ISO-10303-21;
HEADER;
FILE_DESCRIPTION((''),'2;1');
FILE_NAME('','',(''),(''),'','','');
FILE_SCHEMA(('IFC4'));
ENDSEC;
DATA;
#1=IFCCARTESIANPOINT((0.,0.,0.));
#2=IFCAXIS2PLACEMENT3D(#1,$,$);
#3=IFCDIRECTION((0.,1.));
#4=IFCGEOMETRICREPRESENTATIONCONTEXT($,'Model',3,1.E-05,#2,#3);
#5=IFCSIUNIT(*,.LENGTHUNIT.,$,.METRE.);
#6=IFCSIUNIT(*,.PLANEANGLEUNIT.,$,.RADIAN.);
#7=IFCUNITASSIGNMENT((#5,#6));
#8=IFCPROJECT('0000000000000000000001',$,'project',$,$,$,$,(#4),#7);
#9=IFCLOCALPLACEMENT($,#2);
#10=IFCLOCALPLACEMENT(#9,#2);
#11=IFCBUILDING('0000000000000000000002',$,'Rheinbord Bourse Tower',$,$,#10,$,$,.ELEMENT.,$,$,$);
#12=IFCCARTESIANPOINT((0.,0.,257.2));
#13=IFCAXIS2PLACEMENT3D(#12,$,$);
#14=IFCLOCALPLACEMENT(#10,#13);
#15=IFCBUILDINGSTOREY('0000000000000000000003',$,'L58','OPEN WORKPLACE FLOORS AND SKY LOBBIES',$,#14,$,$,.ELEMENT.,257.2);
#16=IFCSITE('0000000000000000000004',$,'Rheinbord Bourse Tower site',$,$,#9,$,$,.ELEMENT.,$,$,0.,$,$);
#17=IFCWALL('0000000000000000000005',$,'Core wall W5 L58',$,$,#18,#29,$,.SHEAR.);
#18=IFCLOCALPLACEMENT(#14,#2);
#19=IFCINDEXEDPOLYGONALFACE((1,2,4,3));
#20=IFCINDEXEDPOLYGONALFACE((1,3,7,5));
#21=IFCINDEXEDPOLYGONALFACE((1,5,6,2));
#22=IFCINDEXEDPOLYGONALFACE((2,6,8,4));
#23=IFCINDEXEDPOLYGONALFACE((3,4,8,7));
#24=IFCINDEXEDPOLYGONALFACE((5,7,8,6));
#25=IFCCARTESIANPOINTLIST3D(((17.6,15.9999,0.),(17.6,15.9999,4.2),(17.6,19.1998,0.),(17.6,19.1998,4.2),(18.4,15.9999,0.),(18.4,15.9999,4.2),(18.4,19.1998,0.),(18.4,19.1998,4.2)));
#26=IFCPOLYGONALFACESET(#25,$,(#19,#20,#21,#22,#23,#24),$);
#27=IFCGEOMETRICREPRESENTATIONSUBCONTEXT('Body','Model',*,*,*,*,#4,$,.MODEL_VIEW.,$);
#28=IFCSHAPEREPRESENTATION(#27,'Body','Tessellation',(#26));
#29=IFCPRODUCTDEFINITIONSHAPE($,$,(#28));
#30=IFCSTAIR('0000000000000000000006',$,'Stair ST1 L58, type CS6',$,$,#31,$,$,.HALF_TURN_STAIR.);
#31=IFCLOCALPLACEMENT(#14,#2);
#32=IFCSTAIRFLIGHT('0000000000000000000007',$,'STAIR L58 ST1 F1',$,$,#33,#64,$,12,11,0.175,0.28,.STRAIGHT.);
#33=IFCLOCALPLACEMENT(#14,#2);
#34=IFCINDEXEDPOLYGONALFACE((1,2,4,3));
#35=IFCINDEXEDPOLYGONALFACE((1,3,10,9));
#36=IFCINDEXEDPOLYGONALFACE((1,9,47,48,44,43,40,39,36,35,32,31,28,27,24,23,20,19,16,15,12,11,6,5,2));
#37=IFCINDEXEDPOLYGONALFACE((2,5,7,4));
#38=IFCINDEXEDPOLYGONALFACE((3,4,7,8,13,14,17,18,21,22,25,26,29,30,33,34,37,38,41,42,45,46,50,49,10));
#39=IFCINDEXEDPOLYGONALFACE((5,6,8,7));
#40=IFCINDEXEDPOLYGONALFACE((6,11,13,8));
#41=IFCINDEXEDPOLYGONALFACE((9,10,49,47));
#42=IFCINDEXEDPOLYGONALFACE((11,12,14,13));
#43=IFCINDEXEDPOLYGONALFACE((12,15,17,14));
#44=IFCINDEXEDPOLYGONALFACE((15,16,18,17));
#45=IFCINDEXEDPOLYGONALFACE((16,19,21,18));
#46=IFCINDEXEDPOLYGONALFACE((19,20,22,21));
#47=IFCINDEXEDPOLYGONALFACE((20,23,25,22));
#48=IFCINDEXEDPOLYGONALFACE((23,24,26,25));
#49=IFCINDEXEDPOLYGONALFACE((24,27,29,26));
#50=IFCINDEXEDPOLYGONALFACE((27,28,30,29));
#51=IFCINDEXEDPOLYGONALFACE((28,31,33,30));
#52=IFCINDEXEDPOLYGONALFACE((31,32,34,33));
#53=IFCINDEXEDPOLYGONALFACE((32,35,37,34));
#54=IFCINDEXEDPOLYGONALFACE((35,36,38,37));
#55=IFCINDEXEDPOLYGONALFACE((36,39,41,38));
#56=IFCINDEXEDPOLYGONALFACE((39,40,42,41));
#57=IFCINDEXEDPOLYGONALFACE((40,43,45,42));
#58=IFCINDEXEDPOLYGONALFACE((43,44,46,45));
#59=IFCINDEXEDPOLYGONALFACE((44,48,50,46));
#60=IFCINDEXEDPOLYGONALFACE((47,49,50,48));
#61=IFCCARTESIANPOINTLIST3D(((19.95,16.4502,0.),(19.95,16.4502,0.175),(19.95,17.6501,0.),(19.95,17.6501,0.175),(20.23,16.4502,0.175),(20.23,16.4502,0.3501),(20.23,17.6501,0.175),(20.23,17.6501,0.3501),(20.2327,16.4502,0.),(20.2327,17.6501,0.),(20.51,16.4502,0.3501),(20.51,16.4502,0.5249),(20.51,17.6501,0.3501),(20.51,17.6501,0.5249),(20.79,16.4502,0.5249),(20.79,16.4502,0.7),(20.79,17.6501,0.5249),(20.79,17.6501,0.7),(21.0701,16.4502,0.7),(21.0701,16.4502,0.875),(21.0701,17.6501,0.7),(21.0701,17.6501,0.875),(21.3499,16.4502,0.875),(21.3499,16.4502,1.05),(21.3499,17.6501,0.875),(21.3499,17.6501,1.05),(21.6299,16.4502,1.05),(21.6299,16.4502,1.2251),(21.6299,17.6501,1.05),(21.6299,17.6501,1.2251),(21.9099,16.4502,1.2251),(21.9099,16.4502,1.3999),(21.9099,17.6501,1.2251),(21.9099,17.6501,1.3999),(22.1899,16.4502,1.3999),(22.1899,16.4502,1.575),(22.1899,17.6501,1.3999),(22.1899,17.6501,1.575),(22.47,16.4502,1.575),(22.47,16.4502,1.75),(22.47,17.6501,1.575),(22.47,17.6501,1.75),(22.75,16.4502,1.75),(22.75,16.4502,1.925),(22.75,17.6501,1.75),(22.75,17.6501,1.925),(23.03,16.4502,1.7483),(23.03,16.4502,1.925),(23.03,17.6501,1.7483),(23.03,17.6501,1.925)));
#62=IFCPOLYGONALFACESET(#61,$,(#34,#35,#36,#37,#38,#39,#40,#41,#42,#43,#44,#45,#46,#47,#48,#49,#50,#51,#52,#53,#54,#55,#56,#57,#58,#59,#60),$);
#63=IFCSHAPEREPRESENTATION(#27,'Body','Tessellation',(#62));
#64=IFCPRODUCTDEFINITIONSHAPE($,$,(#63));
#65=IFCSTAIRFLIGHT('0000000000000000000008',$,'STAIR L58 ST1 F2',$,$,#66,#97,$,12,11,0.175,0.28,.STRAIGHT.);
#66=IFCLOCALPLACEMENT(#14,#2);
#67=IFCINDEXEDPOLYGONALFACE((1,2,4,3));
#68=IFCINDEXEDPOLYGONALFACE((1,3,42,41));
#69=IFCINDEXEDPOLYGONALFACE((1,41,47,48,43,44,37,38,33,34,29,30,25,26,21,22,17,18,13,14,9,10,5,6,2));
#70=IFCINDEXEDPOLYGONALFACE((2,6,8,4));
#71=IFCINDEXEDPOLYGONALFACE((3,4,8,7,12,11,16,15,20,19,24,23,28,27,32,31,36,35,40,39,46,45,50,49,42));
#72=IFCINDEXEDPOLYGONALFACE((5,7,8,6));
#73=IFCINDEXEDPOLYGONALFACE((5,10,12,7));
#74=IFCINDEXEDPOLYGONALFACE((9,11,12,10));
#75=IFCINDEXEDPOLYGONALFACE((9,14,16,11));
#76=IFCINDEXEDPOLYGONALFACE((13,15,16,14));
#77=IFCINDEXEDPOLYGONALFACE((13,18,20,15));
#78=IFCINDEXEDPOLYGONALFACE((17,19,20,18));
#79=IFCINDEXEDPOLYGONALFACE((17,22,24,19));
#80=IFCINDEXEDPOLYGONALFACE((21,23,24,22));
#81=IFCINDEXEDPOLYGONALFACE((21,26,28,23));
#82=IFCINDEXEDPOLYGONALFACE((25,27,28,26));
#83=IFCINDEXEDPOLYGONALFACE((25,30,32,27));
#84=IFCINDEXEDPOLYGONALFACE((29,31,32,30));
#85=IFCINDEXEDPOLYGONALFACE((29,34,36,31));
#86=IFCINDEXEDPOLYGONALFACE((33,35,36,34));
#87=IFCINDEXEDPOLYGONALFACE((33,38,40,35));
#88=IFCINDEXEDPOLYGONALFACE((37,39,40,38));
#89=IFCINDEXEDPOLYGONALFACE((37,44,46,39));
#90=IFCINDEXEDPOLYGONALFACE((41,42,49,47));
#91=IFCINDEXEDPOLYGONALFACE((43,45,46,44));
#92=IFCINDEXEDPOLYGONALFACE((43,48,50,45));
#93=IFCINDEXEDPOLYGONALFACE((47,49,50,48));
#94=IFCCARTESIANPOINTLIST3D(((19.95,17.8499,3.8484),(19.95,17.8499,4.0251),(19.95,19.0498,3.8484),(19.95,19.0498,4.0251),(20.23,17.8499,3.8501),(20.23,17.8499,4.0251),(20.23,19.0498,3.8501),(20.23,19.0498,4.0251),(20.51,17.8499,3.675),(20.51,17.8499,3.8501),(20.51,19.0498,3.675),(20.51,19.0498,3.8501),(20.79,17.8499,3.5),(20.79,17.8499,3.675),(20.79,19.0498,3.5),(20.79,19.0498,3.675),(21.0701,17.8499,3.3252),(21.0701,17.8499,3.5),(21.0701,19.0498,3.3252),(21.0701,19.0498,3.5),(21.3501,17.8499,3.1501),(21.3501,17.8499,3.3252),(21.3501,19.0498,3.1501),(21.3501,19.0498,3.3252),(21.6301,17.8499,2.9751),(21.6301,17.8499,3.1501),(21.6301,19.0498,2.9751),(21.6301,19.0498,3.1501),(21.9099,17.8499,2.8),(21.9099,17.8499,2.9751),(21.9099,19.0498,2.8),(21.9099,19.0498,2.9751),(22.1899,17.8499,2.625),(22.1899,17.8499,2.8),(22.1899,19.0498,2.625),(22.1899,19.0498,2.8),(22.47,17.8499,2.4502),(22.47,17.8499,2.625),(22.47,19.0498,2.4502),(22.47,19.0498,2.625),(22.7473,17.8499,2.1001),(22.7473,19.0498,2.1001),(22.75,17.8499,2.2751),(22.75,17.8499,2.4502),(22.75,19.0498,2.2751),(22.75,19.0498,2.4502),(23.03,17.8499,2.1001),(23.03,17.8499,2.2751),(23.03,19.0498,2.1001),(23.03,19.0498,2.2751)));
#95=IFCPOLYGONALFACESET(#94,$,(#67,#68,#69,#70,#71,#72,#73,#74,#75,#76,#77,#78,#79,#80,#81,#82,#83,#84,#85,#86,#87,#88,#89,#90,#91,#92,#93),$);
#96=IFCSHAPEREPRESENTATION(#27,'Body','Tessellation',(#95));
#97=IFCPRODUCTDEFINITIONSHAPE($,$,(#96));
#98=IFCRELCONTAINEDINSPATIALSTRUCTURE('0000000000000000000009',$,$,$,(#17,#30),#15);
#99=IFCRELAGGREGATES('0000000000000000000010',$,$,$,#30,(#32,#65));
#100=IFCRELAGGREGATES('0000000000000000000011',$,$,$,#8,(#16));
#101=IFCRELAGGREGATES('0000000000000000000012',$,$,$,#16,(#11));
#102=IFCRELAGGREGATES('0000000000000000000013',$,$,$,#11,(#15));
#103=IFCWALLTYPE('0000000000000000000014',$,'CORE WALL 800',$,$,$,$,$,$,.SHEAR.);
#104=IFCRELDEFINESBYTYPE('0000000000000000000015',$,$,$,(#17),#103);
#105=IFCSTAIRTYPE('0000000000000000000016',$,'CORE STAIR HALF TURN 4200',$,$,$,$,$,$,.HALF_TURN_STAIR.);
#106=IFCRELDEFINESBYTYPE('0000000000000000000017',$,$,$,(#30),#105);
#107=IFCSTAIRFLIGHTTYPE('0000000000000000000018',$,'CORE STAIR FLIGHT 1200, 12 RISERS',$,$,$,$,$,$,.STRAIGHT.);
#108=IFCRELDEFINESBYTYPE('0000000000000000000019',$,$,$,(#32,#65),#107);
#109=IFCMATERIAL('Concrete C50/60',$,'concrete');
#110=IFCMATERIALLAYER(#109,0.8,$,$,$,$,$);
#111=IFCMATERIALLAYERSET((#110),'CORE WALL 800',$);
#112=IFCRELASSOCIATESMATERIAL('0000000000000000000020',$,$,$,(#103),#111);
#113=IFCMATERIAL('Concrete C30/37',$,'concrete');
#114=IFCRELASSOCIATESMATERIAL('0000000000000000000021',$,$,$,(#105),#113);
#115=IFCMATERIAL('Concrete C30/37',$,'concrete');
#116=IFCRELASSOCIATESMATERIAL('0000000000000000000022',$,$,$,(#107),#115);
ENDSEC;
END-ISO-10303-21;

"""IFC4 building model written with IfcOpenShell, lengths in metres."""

from ifc_helpers import new_model, si_unit, direction, frame, frame_2d, origin, place, context, subcontext, project, spatial, polyline, rectangle, outline, extrude, material, layer, layer_set, type_object, element, aggregate, save


model = new_model("IFC4")

# Units and contexts
model_context = context("Model", 3, precision=1e-05, world=origin(), true_north=direction((0.0, 1.0)))
body_context = subcontext(model_context, "Body", "Model", "MODEL_VIEW")
ifc_project = project(units=[si_unit("LENGTHUNIT", "METRE"), si_unit("PLANEANGLEUNIT", "RADIAN")], contexts=[model_context])

# Site, building, storey
site_placement = place(None, origin())
site = spatial("IfcSite", under=ifc_project, at=site_placement, Name="Rheinbord Bourse Tower site", CompositionType="ELEMENT", RefElevation=0.0)
building_placement = place(site_placement, origin())
building = spatial("IfcBuilding", under=site, at=building_placement, Name="Rheinbord Bourse Tower", CompositionType="ELEMENT")
storey_placement = place(building_placement, frame((0.0, 0.0, 257.2)))
storey = spatial("IfcBuildingStorey", under=building, at=storey_placement, Name="L58", Description="OPEN WORKPLACE FLOORS AND SKY LOBBIES", CompositionType="ELEMENT", Elevation=257.2)

# Shared definitions
ifc_material_1 = material(Name="Concrete C50/60", Category="concrete")
ifc_layer_1 = layer(ifc_material_1, 0.8)
ifc_layer_set_1 = layer_set([ifc_layer_1], Name="CORE WALL 800")
wall_type_1 = type_object("IfcWallType", Name="CORE WALL 800", PredefinedType="SHEAR", material=ifc_layer_set_1)

# Wall
wall_1_placement = place(storey_placement, frame((18.0, 19.2, 0.0), z_axis=(0.0, 0.0, 1.0), x_axis=(0.0, -1.0, 0.0)))
element("IfcWall", 1, at=wall_1_placement, inside=storey, type_object=wall_type_1, Name="Core wall W5 L58", PredefinedType="SHEAR", context=body_context, shape_type="SweptSolid", body=[
    extrude(rectangle(XDim=3.2, YDim=0.8, at=frame_2d((1.6001, 0.0))), origin(), (0.0, 0.0, 1.0), 4.2),
])

# Stair, stair flights
ifc_material_2 = material(Name="Concrete C30/37", Category="concrete")
stair_type = type_object("IfcStairType", Name="CORE STAIR HALF TURN 4200", PredefinedType="HALF_TURN_STAIR", material=ifc_material_2)
stair_placement = place(storey_placement, origin())
stair = element("IfcStair", 2, at=stair_placement, inside=storey, type_object=stair_type, Name="Stair ST1 L58, type CS6", PredefinedType="HALF_TURN_STAIR")
ifc_material_3 = material(Name="Concrete C30/37", Category="concrete")
stair_flight_type = type_object("IfcStairFlightType", Name="CORE STAIR FLIGHT 1200, 12 RISERS", PredefinedType="STRAIGHT", material=ifc_material_3)
stair_flight_1_placement = place(storey_placement, frame((19.95, 17.05, 0.0), z_axis=(0.0, 0.0, 1.0), x_axis=(1.0, 0.0, 0.0)))
stair_flight_1 = element("IfcStairFlight", 3, at=stair_flight_1_placement, type_object=stair_flight_type, Name="STAIR L58 ST1 F1", NumberOfRisers=12, NumberOfTreads=11, PredefinedType="STRAIGHT", RiserHeight=0.175, TreadLength=0.28, context=body_context, shape_type="SweptSolid", body=[
    extrude(outline(polyline([(0.0, 0.0), (0.0, 0.175), (0.28, 0.175), (0.28, 0.3501), (0.5601, 0.3501), (0.5601, 0.5249), (0.8401, 0.5249), (0.8401, 0.7), (1.1201, 0.7), (1.1201, 0.875), (1.3999, 0.875), (1.3999, 1.05), (1.6799, 1.05), (1.6799, 1.2251), (1.96, 1.2251), (1.96, 1.3999), (2.24, 1.3999), (2.24, 1.575), (2.52, 1.575), (2.52, 1.75), (2.8, 1.75), (2.8, 1.925), (3.0801, 1.925), (3.0801, 2.1001), (3.0801, 1.7483), (0.2827, 0.0), (0.0, 0.0)])), frame((0.0, 0.6001, 0.0), z_axis=(0.0, -1.0, 0.0), x_axis=(1.0, 0.0, 0.0)), (0.0, 0.0, 1.0), 1.2),
])
stair_flight_2_placement = place(storey_placement, frame((23.03, 18.45, 2.1001), z_axis=(0.0, 0.0, 1.0), x_axis=(-1.0, 0.0, 0.0)))
stair_flight_2 = element("IfcStairFlight", 4, at=stair_flight_2_placement, type_object=stair_flight_type, Name="STAIR L58 ST1 F2", NumberOfRisers=12, NumberOfTreads=11, PredefinedType="STRAIGHT", RiserHeight=0.175, TreadLength=0.28, context=body_context, shape_type="SweptSolid", body=[
    extrude(outline(polyline([(0.0, 0.0), (0.0, 0.175), (0.28, 0.175), (0.28, 0.3501), (0.5601, 0.3501), (0.5601, 0.5249), (0.8401, 0.5249), (0.8401, 0.7), (1.1201, 0.7), (1.1201, 0.875), (1.3999, 0.875), (1.3999, 1.05), (1.6799, 1.05), (1.6799, 1.2251), (1.96, 1.2251), (1.96, 1.3999), (2.24, 1.3999), (2.24, 1.575), (2.52, 1.575), (2.52, 1.75), (2.8, 1.75), (2.8, 1.925), (3.0801, 1.925), (3.0801, 2.1001), (3.0801, 1.7483), (0.2827, 0.0), (0.0, 0.0)])), frame((0.0, 0.6001, 0.0), z_axis=(0.0, -1.0, 0.0), x_axis=(1.0, 0.0, 0.0)), (0.0, 0.0, 1.0), 1.2),
])
aggregate(stair, [stair_flight_1, stair_flight_2])

save(model, "model.ifc")
